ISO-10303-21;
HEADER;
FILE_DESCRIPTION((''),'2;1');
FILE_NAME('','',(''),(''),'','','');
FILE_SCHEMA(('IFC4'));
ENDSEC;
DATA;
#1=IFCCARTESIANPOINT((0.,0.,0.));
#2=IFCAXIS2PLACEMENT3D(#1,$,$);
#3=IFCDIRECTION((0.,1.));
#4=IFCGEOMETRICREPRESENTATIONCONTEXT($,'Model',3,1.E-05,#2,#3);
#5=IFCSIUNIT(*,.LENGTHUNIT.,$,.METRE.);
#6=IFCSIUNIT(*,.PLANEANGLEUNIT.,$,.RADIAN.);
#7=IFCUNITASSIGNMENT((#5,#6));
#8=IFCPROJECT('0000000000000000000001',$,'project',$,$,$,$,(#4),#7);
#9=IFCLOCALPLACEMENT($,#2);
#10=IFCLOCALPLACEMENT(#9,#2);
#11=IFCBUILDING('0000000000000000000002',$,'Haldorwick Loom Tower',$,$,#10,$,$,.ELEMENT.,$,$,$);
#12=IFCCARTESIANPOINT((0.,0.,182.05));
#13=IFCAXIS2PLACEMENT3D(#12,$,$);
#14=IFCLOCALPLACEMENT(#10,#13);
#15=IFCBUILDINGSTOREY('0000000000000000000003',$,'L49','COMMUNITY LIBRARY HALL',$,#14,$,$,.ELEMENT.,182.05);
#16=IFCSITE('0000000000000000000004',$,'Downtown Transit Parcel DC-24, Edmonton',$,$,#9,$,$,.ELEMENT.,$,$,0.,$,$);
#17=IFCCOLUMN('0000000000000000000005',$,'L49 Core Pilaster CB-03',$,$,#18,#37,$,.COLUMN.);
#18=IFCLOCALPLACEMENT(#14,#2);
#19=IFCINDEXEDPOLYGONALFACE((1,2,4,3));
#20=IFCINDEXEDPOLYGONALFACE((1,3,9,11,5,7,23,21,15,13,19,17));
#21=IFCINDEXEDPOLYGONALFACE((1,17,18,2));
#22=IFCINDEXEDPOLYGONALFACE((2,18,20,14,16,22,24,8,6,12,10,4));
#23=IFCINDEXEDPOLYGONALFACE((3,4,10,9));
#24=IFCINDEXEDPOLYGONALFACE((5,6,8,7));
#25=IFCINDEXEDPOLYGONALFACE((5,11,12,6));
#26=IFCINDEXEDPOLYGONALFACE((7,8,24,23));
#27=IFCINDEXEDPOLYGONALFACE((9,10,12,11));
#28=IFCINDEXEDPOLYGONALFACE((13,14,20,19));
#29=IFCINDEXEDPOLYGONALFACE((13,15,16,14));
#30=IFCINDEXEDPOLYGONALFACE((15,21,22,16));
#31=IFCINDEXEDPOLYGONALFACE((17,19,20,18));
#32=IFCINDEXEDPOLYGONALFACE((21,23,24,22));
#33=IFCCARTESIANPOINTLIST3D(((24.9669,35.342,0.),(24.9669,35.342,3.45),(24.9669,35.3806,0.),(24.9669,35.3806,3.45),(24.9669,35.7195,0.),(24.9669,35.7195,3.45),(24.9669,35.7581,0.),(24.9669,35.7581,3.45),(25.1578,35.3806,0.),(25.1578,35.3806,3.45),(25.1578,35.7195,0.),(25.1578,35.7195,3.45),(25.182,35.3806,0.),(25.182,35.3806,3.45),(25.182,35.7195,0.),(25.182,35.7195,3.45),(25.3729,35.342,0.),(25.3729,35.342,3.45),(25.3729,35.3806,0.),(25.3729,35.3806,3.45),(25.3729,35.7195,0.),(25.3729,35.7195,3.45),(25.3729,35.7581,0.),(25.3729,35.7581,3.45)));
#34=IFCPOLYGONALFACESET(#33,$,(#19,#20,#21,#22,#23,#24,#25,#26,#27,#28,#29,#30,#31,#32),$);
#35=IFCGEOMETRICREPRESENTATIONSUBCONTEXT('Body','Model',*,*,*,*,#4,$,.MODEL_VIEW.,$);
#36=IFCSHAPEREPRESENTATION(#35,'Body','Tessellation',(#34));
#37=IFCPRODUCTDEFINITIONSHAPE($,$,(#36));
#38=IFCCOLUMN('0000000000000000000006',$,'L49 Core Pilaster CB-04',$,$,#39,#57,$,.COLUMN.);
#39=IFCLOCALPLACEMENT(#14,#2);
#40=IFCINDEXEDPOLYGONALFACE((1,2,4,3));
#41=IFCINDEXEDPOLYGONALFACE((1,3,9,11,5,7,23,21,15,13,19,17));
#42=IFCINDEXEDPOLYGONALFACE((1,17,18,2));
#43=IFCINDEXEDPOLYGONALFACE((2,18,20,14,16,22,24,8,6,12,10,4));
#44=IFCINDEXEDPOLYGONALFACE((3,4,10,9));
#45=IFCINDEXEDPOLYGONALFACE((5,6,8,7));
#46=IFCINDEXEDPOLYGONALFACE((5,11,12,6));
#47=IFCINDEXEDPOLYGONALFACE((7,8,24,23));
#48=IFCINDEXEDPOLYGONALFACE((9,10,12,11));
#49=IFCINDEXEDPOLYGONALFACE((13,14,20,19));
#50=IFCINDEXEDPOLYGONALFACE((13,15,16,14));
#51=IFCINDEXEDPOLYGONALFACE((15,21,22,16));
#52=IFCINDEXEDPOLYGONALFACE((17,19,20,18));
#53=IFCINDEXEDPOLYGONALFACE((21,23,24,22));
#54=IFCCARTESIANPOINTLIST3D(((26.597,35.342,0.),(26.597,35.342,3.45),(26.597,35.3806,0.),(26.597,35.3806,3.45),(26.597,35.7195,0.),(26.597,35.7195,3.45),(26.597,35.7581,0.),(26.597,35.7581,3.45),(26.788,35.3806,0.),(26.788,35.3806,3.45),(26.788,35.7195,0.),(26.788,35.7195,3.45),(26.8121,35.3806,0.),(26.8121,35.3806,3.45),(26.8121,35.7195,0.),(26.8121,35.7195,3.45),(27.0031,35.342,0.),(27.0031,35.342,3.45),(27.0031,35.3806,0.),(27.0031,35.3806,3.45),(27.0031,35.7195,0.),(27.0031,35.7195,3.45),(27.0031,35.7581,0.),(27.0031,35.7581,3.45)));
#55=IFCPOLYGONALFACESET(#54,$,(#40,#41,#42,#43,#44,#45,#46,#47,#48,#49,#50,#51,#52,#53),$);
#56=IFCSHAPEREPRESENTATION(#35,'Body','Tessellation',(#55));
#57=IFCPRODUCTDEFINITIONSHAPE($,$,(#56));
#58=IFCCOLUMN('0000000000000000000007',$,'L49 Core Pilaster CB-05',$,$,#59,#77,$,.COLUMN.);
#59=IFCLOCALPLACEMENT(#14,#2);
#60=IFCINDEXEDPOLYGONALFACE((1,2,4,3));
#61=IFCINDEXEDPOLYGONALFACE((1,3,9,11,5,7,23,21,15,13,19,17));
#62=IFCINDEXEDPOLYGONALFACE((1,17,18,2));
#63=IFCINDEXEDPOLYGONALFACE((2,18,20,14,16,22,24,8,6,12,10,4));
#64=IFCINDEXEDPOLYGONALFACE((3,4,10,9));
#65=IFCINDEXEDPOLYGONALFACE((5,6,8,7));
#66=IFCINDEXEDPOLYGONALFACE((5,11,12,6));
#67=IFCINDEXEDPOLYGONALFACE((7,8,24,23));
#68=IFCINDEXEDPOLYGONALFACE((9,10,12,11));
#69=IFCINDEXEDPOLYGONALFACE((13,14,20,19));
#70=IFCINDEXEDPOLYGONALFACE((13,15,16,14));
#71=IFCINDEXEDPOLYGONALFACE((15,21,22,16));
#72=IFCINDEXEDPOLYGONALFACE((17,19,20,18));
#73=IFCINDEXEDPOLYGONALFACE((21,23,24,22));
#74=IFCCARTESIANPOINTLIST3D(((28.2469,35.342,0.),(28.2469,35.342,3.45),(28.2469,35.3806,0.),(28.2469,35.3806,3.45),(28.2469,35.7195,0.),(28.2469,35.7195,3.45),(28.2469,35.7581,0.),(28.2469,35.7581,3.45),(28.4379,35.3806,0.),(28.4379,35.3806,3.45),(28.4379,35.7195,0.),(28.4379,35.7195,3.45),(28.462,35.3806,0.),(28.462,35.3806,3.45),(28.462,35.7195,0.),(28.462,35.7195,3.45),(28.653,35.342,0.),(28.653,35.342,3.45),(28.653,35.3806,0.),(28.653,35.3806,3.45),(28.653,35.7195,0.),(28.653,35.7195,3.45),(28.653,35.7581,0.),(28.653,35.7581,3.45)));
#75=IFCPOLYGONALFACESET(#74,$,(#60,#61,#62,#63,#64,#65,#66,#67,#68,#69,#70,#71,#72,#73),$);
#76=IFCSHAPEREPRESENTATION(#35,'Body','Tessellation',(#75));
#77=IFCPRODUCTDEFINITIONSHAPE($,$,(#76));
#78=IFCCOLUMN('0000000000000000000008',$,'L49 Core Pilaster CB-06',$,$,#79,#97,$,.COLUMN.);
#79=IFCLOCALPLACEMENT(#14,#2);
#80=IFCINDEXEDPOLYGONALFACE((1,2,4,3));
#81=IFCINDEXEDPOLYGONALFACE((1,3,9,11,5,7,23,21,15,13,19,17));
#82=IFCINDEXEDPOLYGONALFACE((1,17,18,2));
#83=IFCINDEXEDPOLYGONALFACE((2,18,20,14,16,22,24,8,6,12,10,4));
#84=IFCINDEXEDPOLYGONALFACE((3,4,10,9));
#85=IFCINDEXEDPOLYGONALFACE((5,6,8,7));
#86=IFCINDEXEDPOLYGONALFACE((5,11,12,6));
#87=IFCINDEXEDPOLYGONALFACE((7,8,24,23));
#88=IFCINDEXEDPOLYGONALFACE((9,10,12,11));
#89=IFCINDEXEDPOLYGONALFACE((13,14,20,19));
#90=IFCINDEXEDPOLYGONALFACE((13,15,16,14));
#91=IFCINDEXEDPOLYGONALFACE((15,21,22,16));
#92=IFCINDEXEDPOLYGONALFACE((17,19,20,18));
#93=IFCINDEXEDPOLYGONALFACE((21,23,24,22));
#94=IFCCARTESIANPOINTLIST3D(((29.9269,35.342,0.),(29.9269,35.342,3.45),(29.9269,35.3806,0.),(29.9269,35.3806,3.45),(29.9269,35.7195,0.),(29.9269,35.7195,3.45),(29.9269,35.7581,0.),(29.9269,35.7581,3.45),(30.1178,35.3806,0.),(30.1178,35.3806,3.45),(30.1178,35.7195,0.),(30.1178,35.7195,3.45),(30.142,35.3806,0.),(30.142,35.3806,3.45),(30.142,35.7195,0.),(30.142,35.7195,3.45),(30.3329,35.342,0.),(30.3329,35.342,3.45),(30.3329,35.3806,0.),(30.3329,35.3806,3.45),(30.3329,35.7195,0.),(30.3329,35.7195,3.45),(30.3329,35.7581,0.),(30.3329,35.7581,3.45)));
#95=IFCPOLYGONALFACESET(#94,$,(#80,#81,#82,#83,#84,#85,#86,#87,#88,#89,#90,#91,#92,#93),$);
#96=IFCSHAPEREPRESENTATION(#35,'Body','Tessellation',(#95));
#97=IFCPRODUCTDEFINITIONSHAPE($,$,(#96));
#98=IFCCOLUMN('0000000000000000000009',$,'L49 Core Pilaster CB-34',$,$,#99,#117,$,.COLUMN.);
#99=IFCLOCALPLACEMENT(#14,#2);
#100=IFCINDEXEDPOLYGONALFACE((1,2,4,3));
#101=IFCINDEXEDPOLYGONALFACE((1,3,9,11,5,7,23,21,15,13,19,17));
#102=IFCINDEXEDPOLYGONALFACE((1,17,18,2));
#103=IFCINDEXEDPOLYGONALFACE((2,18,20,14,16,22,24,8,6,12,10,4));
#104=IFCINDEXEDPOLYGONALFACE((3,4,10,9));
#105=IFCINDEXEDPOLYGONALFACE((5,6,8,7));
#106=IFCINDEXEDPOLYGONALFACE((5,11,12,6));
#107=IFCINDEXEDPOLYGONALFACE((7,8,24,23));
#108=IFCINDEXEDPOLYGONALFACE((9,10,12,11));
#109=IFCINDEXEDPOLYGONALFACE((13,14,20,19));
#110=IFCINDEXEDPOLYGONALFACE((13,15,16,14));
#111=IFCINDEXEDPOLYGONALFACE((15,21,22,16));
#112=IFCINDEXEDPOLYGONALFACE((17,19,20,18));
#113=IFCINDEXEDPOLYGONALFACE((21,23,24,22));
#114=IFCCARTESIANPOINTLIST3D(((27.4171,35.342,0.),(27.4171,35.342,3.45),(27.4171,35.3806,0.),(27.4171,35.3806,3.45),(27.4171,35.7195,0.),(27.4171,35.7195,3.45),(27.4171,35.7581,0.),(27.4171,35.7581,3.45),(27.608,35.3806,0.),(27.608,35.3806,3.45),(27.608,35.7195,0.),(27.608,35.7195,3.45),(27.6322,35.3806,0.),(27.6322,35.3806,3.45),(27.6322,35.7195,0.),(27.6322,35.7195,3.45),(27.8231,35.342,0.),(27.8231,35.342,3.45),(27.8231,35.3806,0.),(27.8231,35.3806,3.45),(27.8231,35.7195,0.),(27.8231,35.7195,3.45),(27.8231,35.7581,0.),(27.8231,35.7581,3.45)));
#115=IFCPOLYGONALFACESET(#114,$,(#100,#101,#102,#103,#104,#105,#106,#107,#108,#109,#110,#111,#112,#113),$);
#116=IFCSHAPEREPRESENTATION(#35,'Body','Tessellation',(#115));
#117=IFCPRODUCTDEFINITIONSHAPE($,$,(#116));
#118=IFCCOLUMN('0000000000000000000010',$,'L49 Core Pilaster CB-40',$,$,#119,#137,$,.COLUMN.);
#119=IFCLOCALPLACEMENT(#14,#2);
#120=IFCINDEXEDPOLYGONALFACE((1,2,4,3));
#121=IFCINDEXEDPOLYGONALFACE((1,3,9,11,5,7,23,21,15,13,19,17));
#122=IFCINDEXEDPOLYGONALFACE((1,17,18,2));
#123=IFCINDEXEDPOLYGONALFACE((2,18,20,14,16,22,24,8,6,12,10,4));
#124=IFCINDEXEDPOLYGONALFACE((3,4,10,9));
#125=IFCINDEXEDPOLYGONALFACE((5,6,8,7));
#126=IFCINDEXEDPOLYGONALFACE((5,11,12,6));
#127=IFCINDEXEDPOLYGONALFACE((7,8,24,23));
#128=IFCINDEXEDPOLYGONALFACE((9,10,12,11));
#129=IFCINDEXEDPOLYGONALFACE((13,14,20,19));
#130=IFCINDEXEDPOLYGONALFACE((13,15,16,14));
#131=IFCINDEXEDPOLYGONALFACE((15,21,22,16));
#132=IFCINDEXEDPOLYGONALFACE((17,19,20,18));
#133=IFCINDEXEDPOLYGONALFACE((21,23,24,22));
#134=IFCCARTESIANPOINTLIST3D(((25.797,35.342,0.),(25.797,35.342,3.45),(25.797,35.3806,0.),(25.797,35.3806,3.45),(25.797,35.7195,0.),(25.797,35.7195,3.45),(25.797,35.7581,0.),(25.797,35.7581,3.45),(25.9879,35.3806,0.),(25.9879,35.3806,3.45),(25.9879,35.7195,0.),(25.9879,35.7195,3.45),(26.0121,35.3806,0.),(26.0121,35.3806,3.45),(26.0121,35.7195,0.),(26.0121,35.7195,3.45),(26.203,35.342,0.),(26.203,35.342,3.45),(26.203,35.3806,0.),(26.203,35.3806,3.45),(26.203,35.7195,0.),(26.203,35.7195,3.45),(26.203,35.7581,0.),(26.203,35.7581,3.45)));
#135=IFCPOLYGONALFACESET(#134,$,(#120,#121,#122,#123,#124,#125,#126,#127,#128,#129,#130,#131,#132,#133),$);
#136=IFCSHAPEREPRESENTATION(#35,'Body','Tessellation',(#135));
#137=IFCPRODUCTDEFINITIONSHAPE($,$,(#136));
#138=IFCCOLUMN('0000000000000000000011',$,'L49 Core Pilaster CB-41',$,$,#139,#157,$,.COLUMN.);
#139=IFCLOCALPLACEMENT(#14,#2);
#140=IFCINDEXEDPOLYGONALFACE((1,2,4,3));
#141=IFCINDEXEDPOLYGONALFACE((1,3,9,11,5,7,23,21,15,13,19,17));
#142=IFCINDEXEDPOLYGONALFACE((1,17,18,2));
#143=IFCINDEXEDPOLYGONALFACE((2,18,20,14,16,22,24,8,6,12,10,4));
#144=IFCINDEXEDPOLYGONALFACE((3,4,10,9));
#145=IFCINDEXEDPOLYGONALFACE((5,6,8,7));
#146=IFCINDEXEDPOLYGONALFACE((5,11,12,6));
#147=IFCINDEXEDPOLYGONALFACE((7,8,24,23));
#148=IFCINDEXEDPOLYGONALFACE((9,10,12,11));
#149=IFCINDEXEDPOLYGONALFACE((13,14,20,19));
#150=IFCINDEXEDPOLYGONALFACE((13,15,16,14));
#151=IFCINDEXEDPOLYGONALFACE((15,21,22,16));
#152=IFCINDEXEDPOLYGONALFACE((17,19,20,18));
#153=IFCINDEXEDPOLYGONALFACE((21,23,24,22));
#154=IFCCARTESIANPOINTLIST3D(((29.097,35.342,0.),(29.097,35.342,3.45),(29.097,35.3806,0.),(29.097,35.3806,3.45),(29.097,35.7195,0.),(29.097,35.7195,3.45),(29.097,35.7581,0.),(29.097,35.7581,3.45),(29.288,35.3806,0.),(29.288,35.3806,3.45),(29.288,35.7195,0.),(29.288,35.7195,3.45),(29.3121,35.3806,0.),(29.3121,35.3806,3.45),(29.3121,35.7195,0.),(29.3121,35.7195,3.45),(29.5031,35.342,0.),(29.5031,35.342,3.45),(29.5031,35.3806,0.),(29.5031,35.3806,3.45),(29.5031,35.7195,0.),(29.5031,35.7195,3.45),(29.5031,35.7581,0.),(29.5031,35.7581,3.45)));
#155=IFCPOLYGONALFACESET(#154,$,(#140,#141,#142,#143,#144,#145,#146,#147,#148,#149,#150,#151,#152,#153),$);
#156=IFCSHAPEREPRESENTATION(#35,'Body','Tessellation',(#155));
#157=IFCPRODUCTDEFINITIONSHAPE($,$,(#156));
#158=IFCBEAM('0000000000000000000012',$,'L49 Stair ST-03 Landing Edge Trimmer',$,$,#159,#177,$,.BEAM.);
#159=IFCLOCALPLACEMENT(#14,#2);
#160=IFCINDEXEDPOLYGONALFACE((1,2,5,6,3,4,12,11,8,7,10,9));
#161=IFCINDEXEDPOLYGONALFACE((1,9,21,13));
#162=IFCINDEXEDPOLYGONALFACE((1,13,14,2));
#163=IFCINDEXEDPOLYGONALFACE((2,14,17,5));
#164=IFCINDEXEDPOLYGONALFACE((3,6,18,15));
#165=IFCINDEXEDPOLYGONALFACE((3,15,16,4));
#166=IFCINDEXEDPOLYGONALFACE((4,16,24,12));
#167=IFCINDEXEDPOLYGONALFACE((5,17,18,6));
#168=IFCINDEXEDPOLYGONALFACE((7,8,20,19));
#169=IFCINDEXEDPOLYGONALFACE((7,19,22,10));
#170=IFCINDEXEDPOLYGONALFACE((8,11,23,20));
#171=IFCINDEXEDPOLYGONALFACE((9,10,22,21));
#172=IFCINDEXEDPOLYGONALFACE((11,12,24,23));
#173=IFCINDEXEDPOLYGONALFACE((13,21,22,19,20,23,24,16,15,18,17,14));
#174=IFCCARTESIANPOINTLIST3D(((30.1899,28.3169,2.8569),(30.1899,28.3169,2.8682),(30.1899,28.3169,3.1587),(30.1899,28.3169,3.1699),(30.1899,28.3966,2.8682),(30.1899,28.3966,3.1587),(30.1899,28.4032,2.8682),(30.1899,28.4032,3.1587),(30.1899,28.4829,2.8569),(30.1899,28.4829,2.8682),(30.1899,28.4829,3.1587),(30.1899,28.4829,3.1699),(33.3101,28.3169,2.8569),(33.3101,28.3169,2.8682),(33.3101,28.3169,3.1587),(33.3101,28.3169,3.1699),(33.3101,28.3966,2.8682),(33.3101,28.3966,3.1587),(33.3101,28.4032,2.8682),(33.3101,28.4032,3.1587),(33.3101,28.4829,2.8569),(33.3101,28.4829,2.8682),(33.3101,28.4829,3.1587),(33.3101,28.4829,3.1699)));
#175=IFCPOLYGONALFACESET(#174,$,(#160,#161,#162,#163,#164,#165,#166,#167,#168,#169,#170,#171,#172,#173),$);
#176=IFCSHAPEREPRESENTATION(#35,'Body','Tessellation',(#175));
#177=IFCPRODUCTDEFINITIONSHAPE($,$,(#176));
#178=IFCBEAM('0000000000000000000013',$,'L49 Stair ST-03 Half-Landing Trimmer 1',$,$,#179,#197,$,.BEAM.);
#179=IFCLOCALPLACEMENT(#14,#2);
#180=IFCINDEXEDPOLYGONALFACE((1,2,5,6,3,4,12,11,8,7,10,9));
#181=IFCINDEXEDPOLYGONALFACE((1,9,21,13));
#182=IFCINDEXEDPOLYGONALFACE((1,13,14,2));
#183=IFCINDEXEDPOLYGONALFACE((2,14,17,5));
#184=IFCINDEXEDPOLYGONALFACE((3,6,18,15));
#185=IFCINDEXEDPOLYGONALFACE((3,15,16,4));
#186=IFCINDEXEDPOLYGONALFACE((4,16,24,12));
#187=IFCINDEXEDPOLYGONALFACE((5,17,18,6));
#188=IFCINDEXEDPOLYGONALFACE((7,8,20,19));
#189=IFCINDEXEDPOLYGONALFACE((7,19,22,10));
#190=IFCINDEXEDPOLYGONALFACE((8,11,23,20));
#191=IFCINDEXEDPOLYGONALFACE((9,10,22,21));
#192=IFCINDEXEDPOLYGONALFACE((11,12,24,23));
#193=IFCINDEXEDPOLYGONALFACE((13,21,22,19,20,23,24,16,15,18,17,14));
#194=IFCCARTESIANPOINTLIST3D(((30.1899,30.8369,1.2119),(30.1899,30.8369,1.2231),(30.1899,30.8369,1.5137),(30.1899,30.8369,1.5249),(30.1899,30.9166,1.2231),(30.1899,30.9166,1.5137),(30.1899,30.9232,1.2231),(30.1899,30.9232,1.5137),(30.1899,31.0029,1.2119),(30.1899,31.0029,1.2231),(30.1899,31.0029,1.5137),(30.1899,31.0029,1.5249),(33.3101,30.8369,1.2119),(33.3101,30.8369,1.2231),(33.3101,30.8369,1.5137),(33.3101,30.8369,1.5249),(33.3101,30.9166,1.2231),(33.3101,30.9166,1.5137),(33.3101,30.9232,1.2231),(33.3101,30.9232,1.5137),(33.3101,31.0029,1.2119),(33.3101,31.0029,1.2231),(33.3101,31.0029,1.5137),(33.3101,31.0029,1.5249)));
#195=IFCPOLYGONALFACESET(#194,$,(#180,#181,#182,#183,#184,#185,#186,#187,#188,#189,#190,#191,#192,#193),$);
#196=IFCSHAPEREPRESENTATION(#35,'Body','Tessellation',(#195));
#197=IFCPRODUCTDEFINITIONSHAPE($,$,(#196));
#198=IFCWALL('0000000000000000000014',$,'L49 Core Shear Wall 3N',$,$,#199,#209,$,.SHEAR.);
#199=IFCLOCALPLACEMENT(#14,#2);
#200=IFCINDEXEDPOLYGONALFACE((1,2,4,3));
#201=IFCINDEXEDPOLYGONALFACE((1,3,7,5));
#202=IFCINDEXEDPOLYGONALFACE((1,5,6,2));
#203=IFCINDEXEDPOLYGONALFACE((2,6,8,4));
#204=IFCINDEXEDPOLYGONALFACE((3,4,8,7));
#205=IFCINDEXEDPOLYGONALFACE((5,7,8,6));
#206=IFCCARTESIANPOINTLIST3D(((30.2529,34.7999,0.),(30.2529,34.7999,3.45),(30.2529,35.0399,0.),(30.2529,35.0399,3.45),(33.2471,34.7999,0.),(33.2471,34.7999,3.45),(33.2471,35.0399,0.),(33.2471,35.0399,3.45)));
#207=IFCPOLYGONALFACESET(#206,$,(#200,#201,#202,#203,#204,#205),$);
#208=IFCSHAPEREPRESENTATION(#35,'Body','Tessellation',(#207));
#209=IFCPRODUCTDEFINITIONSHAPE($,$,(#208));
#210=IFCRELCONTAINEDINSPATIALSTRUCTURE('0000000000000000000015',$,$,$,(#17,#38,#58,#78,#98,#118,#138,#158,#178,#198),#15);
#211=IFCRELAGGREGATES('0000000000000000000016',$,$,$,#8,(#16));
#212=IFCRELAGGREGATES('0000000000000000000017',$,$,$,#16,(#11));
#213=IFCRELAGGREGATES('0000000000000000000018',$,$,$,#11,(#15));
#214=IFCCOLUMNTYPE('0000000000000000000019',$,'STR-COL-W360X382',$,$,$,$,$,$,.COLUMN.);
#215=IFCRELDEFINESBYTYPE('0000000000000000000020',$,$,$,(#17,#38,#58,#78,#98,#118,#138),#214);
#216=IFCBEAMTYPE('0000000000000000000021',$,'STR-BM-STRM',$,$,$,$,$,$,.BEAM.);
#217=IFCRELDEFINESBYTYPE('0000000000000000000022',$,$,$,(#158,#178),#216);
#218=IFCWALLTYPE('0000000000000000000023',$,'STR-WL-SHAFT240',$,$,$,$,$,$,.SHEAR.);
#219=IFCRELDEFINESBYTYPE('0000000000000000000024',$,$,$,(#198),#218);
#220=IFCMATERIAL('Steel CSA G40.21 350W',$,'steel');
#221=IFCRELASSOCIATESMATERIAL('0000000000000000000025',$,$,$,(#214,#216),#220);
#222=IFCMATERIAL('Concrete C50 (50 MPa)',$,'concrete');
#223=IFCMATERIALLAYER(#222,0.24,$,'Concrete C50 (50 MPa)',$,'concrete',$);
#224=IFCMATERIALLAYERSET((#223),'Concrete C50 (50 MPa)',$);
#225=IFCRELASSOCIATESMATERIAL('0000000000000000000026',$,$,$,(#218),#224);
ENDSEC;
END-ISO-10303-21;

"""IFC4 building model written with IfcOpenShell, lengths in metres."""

from ifc_helpers import new_model, si_unit, direction, frame, frame_2d, origin, origin_2d, place, context, subcontext, project, spatial, rectangle, i_section, extrude, material, layer, layer_set, material_profile, profile_set, type_object, element, save


model = new_model("IFC4")

# Units and contexts
model_context = context("Model", 3, precision=1e-05, world=origin(), true_north=direction((0.0, 1.0)))
body_context = subcontext(model_context, "Body", "Model", "MODEL_VIEW")
ifc_project = project(units=[si_unit("LENGTHUNIT", "METRE"), si_unit("PLANEANGLEUNIT", "RADIAN")], contexts=[model_context])

# Site, building, storey
site_placement = place(None, origin())
site = spatial("IfcSite", under=ifc_project, at=site_placement, Name="Downtown Transit Parcel DC-24, Edmonton", CompositionType="ELEMENT", RefElevation=0.0)
building_placement = place(site_placement, origin())
building = spatial("IfcBuilding", under=site, at=building_placement, Name="Haldorwick Loom Tower", CompositionType="ELEMENT")
storey_placement = place(building_placement, frame((0.0, 0.0, 182.05)))
storey = spatial("IfcBuildingStorey", under=building, at=storey_placement, Name="L49", Description="COMMUNITY LIBRARY HALL", CompositionType="ELEMENT", Elevation=182.05)

# Columns
ifc_material_1 = material(Name="Steel CSA G40.21 350W", Category="steel")
ifc_material_profile_1 = material_profile(ifc_material_1, i_section(OverallWidth=0.406, OverallDepth=0.416, WebThickness=0.0242, FlangeThickness=0.0386, at=origin_2d()), Name="W360X382", Category="steel")
ifc_profile_set_1 = profile_set([ifc_material_profile_1], Name="Steel CSA G40.21 350W")
column_type = type_object("IfcColumnType", Name="STR-COL-W360X382", PredefinedType="COLUMN", material=ifc_profile_set_1)
for number, where, z_axis, x_axis, name in (
    (1, (25.1699, 35.55, 0.0), (0.0, 0.0, 1.0), (1.0, 0.0, 0.0), "L49 Core Pilaster CB-03"),
    (2, (26.8, 35.55, 0.0), (0.0, 0.0, 1.0), (1.0, 0.0, 0.0), "L49 Core Pilaster CB-04"),
    (3, (28.45, 35.55, 0.0), (0.0, 0.0, 1.0), (1.0, 0.0, 0.0), "L49 Core Pilaster CB-05"),
    (4, (30.1299, 35.55, 0.0), (0.0, 0.0, 1.0), (1.0, 0.0, 0.0), "L49 Core Pilaster CB-06"),
    (5, (27.6201, 35.55, 0.0), (0.0, 0.0, 1.0), (1.0, 0.0, 0.0), "L49 Core Pilaster CB-34"),
    (6, (26.0, 35.55, 0.0), (0.0, 0.0, 1.0), (1.0, 0.0, 0.0), "L49 Core Pilaster CB-40"),
    (7, (29.3, 35.55, 0.0), (0.0, 0.0, 1.0), (1.0, 0.0, 0.0), "L49 Core Pilaster CB-41"),
):
    element("IfcColumn", number, at=place(storey_placement, frame(where, z_axis=z_axis, x_axis=x_axis)), inside=storey, type_object=column_type, Name=name, PredefinedType="COLUMN", context=body_context, shape_type="SweptSolid", body=[
        extrude(i_section(OverallWidth=0.406, OverallDepth=0.416, WebThickness=0.0242, FlangeThickness=0.0386, at=origin_2d()), origin(), (0.0, 0.0, 1.0), 3.45),
    ])

# Beams
ifc_material_profile_2 = material_profile(ifc_material_1, i_section(OverallWidth=0.166, OverallDepth=0.313, WebThickness=0.0066, FlangeThickness=0.0112, at=origin_2d()), Name="W310X45", Category="steel")
ifc_profile_set_2 = profile_set([ifc_material_profile_2], Name="Steel CSA G40.21 350W")
beam_type = type_object("IfcBeamType", Name="STR-BM-STRM", PredefinedType="BEAM", material=ifc_profile_set_2)
for number, where, z_axis, x_axis, name in (
    (8, (30.1899, 28.3999, 3.0134), (1.0, 0.0, 0.0), (0.0, 1.0, 0.0), "L49 Stair ST-03 Landing Edge Trimmer"),
    (9, (30.1899, 30.9199, 1.3684), (1.0, 0.0, 0.0), (0.0, 1.0, 0.0), "L49 Stair ST-03 Half-Landing Trimmer 1"),
):
    element("IfcBeam", number, at=place(storey_placement, frame(where, z_axis=z_axis, x_axis=x_axis)), inside=storey, type_object=beam_type, Name=name, PredefinedType="BEAM", context=body_context, shape_type="SweptSolid", body=[
        extrude(i_section(OverallWidth=0.166, OverallDepth=0.313, WebThickness=0.0066, FlangeThickness=0.0112, at=origin_2d()), origin(), (0.0, 0.0, 1.0), 3.1201),
    ])

# Wall
ifc_material_2 = material(Name="Concrete C50 (50 MPa)", Category="concrete")
ifc_layer = layer(ifc_material_2, 0.24, Name="Concrete C50 (50 MPa)", Category="concrete")
ifc_layer_set = layer_set([ifc_layer], Name="Concrete C50 (50 MPa)")
wall_type = type_object("IfcWallType", Name="STR-WL-SHAFT240", PredefinedType="SHEAR", material=ifc_layer_set)
wall_1_placement = place(storey_placement, frame((30.2529, 34.9199, 0.0), z_axis=(0.0, 0.0, 1.0), x_axis=(1.0, 0.0, 0.0)))
element("IfcWall", 10, at=wall_1_placement, inside=storey, type_object=wall_type, Name="L49 Core Shear Wall 3N", PredefinedType="SHEAR", context=body_context, shape_type="SweptSolid", body=[
    extrude(rectangle(XDim=2.9941, YDim=0.24, at=frame_2d((1.4971, 0.0))), origin(), (0.0, 0.0, 1.0), 3.45),
])

save(model, "model.ifc")
